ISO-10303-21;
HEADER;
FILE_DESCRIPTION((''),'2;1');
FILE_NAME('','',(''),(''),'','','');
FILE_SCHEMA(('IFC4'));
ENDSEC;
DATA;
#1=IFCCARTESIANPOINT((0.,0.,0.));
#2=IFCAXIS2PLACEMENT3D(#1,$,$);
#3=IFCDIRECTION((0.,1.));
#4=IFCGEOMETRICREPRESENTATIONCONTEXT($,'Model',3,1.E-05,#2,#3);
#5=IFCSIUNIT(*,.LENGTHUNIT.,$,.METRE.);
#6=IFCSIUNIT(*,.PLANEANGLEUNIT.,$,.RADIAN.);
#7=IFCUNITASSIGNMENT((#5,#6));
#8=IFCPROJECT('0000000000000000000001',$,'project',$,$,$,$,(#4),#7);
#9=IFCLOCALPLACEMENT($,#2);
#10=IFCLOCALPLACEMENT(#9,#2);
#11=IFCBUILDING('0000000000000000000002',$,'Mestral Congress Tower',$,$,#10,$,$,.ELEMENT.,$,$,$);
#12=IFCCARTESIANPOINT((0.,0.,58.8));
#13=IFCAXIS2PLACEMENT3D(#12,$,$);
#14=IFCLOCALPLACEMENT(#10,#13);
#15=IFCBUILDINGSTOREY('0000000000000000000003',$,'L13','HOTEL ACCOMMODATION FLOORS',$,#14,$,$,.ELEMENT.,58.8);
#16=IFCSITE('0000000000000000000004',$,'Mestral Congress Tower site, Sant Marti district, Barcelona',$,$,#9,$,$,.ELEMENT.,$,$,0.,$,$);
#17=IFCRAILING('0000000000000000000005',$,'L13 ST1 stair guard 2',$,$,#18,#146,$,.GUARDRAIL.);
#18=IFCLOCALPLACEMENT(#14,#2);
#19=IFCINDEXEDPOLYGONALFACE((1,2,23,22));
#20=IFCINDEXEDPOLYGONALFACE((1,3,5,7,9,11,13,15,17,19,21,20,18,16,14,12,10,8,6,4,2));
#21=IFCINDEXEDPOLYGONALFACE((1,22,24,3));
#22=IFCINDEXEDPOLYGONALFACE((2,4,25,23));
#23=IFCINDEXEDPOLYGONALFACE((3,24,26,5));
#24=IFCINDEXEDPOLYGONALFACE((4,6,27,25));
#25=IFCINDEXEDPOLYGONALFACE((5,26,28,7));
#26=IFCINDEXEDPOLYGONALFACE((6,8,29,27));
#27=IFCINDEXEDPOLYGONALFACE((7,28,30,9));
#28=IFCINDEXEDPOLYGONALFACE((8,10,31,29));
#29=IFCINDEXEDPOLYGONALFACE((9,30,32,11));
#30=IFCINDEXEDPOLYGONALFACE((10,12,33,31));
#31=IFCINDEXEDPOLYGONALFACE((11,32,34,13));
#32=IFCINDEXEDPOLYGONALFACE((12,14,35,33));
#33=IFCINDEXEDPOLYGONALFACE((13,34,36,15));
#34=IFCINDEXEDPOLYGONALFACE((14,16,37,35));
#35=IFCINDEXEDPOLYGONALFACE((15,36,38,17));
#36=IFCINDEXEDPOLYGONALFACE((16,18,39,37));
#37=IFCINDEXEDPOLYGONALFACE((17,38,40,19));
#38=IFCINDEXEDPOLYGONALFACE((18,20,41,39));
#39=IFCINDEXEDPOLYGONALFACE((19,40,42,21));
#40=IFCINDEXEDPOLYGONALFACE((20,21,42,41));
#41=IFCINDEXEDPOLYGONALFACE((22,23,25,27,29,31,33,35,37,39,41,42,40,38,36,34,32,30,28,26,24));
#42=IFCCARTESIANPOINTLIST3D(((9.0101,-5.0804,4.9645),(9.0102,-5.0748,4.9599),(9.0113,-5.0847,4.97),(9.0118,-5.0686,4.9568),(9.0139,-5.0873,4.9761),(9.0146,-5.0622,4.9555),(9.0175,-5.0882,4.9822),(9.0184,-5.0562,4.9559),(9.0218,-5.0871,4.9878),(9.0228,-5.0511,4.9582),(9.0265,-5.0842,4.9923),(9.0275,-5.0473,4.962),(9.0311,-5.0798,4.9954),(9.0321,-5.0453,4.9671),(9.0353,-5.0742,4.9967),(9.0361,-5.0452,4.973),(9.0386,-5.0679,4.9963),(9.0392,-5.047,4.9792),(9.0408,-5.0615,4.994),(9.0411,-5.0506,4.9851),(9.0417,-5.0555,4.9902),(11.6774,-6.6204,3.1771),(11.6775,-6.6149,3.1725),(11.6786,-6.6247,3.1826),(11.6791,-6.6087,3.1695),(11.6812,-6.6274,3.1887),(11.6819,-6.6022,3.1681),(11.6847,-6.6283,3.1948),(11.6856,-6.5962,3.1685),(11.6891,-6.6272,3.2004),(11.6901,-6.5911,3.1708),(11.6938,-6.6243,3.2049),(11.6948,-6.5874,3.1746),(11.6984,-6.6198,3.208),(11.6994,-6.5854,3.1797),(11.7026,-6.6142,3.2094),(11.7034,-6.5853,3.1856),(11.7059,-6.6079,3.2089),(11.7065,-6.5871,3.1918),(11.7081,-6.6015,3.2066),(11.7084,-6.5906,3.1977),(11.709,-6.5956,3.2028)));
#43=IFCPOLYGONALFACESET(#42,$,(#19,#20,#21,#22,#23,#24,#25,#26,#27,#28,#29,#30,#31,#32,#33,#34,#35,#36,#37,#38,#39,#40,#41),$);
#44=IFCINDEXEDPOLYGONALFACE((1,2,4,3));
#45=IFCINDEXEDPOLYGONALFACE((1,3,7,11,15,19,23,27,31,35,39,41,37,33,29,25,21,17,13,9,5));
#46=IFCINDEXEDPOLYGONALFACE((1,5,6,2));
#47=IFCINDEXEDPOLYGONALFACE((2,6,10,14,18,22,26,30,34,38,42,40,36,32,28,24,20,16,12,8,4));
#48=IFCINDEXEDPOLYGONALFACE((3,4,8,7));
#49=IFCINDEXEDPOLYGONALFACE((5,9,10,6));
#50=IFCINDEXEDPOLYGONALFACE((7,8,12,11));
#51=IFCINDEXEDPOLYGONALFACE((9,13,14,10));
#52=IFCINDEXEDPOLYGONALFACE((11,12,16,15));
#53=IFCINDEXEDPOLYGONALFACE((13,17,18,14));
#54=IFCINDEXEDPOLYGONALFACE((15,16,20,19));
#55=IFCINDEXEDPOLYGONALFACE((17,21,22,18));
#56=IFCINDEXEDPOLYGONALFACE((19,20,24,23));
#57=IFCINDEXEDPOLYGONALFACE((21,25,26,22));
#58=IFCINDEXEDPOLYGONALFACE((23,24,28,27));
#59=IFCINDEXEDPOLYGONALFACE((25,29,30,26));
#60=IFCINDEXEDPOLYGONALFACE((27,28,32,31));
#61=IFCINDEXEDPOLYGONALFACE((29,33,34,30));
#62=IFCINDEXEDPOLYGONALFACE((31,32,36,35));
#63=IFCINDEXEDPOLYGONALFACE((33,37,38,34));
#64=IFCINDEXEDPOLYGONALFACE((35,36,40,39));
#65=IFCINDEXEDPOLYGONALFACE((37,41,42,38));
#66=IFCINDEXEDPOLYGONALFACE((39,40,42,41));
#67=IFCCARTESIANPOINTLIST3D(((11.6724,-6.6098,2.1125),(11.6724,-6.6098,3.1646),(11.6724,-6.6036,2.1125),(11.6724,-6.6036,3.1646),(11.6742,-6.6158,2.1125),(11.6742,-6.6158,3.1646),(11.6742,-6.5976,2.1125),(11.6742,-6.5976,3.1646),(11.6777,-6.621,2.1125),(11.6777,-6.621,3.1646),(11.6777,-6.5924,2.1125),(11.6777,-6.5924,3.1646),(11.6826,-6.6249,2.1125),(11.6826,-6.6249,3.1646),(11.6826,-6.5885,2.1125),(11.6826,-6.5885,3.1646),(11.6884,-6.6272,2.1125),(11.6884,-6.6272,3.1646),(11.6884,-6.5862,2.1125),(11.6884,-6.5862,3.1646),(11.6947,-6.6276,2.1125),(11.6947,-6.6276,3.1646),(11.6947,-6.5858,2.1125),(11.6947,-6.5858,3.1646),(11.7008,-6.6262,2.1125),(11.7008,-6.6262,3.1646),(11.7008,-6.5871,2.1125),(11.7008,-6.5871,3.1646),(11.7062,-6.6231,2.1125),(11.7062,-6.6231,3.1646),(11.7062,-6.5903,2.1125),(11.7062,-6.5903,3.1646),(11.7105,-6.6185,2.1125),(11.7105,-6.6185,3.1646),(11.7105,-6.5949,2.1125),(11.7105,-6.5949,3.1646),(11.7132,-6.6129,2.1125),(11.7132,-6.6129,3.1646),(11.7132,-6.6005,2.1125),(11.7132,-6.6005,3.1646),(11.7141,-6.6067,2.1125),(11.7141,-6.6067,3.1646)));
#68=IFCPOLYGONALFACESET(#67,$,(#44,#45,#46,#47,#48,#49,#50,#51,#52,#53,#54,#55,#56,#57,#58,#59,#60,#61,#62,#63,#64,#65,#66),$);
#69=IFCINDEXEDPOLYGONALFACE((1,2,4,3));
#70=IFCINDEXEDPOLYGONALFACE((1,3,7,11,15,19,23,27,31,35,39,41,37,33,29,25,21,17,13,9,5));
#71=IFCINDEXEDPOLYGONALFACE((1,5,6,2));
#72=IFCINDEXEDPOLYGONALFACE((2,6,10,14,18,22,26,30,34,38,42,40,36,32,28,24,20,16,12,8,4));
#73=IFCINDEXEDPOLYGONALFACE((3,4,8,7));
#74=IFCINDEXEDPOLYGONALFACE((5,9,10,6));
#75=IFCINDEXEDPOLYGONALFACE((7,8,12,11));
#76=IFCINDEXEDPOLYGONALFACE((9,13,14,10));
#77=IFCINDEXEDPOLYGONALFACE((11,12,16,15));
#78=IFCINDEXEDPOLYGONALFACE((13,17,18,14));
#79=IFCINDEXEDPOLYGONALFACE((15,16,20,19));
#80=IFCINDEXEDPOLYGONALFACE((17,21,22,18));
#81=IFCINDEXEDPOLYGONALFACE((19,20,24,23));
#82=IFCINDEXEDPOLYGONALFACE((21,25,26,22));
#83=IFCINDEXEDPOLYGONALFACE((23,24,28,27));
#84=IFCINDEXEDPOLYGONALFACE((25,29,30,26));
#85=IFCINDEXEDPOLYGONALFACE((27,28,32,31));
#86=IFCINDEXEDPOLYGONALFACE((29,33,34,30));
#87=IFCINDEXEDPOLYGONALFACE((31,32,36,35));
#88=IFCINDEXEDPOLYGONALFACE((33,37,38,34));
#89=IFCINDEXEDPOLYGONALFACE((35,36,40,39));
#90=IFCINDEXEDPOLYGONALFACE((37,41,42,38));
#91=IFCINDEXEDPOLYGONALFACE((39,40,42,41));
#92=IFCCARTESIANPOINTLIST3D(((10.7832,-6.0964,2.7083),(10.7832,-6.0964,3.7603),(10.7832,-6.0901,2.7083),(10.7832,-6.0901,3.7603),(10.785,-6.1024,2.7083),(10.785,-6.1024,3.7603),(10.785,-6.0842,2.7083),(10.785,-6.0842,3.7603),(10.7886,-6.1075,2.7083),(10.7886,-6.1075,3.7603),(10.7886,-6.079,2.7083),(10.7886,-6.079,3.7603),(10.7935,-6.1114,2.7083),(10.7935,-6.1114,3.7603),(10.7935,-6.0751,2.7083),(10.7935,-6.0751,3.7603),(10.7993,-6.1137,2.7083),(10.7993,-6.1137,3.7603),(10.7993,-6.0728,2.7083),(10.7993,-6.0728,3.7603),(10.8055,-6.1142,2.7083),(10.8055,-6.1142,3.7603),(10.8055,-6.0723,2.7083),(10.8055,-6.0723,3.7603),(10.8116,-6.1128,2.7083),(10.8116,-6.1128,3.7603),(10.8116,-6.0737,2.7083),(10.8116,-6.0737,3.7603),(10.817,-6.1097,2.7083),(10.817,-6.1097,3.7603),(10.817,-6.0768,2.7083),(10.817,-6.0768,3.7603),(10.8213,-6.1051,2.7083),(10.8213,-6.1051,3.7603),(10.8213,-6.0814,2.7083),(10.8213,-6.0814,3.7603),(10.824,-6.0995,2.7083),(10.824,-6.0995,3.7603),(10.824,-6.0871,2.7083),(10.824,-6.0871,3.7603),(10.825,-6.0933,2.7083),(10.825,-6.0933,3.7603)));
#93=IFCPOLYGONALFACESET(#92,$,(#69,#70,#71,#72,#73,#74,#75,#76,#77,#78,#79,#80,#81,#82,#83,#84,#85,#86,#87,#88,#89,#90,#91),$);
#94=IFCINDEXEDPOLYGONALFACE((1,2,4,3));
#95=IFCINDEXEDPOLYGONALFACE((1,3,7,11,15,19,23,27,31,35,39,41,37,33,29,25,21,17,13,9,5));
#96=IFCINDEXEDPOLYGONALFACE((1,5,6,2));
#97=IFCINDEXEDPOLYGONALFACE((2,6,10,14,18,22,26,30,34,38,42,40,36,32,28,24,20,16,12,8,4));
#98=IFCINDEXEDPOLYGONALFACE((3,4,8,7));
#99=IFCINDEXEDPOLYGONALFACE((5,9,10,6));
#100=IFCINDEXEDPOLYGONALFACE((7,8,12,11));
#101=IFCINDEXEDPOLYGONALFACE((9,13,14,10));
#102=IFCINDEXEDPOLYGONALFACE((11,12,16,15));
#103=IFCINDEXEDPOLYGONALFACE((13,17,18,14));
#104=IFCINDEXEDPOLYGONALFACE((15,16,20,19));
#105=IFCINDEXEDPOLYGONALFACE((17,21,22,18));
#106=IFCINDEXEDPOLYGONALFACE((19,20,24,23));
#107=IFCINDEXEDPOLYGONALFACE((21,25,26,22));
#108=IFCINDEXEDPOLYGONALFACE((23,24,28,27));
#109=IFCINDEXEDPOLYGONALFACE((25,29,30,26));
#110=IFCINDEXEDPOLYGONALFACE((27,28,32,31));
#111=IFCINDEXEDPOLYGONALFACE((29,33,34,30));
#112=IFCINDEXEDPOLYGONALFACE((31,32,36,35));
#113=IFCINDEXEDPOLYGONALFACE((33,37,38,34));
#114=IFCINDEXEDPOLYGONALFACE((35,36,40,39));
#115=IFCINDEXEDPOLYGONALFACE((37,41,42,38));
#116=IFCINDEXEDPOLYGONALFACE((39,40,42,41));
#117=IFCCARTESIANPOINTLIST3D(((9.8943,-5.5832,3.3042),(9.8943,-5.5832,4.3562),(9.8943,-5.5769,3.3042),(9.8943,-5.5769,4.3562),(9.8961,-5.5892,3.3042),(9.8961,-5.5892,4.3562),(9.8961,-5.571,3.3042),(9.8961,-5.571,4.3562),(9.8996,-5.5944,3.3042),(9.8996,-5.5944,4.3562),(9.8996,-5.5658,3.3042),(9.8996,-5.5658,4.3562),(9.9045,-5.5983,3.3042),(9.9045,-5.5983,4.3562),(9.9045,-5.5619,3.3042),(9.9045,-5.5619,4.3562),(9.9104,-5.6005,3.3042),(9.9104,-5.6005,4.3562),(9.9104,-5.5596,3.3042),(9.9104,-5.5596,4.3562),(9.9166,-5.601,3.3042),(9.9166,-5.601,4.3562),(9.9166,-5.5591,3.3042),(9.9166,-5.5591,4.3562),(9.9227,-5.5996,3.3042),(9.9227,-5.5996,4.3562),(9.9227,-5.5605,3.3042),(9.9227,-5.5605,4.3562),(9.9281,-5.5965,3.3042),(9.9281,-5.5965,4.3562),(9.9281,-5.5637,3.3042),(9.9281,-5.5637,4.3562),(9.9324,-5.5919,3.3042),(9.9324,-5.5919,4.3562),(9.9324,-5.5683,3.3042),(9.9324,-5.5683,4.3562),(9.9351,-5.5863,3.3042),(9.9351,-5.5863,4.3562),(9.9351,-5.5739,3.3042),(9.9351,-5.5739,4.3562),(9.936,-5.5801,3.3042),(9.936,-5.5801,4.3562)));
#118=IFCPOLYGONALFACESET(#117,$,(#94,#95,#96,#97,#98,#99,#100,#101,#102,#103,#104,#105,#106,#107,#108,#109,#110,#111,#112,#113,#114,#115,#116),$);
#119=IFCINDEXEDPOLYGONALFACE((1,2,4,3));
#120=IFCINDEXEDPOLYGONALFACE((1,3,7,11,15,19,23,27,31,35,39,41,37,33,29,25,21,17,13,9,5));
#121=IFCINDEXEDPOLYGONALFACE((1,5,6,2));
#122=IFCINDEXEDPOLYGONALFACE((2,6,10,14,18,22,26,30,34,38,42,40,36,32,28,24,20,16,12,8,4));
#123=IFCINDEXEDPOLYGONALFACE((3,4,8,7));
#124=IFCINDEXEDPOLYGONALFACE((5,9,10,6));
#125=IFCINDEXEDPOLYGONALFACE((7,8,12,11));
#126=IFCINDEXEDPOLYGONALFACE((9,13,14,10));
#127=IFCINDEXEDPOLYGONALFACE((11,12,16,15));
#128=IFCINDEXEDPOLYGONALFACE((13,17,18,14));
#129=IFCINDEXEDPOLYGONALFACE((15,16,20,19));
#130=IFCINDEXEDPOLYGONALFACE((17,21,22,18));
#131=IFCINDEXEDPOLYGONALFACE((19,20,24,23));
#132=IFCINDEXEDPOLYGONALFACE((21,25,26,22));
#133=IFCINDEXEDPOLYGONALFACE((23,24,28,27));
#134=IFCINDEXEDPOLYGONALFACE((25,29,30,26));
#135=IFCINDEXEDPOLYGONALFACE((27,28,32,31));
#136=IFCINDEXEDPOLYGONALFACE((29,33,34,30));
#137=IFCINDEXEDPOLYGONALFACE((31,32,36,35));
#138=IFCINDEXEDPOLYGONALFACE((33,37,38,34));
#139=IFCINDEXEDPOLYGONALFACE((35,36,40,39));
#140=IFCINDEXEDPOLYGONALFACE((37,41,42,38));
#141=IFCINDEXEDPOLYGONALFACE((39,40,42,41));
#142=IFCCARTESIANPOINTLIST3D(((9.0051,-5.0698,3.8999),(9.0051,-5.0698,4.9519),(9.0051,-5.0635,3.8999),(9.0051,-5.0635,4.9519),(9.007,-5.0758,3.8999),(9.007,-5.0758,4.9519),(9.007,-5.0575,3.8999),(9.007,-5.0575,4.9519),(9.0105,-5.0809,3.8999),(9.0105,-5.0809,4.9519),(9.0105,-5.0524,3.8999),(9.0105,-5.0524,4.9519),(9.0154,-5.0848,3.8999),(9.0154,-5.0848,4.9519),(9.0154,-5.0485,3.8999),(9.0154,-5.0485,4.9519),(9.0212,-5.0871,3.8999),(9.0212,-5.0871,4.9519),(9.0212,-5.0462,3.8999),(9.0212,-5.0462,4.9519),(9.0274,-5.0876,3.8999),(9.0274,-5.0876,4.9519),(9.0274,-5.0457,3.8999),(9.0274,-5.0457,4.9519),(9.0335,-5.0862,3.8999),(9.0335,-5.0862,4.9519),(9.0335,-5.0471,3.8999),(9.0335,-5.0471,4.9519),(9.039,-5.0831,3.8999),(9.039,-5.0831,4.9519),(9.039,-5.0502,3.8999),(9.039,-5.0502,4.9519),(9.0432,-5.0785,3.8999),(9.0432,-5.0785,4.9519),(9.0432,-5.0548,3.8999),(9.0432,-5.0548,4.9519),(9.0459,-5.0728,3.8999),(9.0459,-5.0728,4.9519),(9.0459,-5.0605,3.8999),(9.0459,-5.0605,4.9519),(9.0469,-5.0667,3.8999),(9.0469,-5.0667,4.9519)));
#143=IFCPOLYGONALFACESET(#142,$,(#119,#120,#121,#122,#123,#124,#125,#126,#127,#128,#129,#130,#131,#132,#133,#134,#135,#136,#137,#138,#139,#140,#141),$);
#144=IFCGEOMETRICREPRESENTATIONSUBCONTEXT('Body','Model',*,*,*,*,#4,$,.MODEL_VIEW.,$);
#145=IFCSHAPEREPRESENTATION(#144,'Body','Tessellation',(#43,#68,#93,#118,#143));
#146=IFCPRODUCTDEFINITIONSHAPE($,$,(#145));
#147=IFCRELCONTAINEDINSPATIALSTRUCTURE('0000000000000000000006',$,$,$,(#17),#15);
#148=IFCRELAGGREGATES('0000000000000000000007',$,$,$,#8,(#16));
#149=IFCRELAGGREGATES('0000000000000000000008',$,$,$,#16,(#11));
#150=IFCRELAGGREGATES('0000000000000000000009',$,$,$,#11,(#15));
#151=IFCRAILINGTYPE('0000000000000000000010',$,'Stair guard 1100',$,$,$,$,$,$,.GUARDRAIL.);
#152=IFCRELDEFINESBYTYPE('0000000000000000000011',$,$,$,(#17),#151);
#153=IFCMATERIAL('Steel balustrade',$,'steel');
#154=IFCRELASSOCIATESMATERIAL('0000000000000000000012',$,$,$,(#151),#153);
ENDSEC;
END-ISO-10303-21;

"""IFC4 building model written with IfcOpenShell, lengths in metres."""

from ifc_helpers import new_model, si_unit, direction, frame, origin, origin_2d, place, context, subcontext, project, spatial, circle, extrude, material, type_object, element, save


model = new_model("IFC4")

# Units and contexts
model_context = context("Model", 3, precision=1e-05, world=origin(), true_north=direction((0.0, 1.0)))
body_context = subcontext(model_context, "Body", "Model", "MODEL_VIEW")
ifc_project = project(units=[si_unit("LENGTHUNIT", "METRE"), si_unit("PLANEANGLEUNIT", "RADIAN")], contexts=[model_context])

# Site, building, storey
site_placement = place(None, origin())
site = spatial("IfcSite", under=ifc_project, at=site_placement, Name="Mestral Congress Tower site, Sant Marti district, Barcelona", CompositionType="ELEMENT", RefElevation=0.0)
building_placement = place(site_placement, origin())
building = spatial("IfcBuilding", under=site, at=building_placement, Name="Mestral Congress Tower", CompositionType="ELEMENT")
storey_placement = place(building_placement, frame((0.0, 0.0, 58.8)))
storey = spatial("IfcBuildingStorey", under=building, at=storey_placement, Name="L13", Description="HOTEL ACCOMMODATION FLOORS", CompositionType="ELEMENT", Elevation=58.8)

# Railing
ifc_material_1 = material(Name="Steel balustrade", Category="steel")
railing_type_1 = type_object("IfcRailingType", Name="Stair guard 1100", PredefinedType="GUARDRAIL", material=ifc_material_1)
railing_1_placement = place(storey_placement, frame((11.6931, -6.6067, 2.1125)))
element("IfcRailing", 1, at=railing_1_placement, inside=storey, type_object=railing_type_1, Name="L13 ST1 stair guard 2", PredefinedType="GUARDRAIL", context=body_context, shape_type="SweptSolid", body=[
    extrude(circle(Radius=0.0239, at=origin_2d()), frame((0.0, 0.0, 1.0762), z_axis=(-0.74902, 0.432477, 0.501929), x_axis=(-0.500027, -0.86601, 0.0)), (0.0, 0.0, 1.0), 3.561),
    extrude(circle(Radius=0.021, at=origin_2d()), origin(), (0.0, 0.0, 1.0), 1.052),
    extrude(circle(Radius=0.021, at=origin_2d()), frame((-0.8892, 0.5134, 0.5957)), (0.0, 0.0, 1.0), 1.052),
    extrude(circle(Radius=0.021, at=origin_2d()), frame((-1.7781, 1.0266, 1.1917)), (0.0, 0.0, 1.0), 1.052),
    extrude(circle(Radius=0.021, at=origin_2d()), frame((-2.6672, 1.54, 1.7874)), (0.0, 0.0, 1.0), 1.052),
])

save(model, "model.ifc")
